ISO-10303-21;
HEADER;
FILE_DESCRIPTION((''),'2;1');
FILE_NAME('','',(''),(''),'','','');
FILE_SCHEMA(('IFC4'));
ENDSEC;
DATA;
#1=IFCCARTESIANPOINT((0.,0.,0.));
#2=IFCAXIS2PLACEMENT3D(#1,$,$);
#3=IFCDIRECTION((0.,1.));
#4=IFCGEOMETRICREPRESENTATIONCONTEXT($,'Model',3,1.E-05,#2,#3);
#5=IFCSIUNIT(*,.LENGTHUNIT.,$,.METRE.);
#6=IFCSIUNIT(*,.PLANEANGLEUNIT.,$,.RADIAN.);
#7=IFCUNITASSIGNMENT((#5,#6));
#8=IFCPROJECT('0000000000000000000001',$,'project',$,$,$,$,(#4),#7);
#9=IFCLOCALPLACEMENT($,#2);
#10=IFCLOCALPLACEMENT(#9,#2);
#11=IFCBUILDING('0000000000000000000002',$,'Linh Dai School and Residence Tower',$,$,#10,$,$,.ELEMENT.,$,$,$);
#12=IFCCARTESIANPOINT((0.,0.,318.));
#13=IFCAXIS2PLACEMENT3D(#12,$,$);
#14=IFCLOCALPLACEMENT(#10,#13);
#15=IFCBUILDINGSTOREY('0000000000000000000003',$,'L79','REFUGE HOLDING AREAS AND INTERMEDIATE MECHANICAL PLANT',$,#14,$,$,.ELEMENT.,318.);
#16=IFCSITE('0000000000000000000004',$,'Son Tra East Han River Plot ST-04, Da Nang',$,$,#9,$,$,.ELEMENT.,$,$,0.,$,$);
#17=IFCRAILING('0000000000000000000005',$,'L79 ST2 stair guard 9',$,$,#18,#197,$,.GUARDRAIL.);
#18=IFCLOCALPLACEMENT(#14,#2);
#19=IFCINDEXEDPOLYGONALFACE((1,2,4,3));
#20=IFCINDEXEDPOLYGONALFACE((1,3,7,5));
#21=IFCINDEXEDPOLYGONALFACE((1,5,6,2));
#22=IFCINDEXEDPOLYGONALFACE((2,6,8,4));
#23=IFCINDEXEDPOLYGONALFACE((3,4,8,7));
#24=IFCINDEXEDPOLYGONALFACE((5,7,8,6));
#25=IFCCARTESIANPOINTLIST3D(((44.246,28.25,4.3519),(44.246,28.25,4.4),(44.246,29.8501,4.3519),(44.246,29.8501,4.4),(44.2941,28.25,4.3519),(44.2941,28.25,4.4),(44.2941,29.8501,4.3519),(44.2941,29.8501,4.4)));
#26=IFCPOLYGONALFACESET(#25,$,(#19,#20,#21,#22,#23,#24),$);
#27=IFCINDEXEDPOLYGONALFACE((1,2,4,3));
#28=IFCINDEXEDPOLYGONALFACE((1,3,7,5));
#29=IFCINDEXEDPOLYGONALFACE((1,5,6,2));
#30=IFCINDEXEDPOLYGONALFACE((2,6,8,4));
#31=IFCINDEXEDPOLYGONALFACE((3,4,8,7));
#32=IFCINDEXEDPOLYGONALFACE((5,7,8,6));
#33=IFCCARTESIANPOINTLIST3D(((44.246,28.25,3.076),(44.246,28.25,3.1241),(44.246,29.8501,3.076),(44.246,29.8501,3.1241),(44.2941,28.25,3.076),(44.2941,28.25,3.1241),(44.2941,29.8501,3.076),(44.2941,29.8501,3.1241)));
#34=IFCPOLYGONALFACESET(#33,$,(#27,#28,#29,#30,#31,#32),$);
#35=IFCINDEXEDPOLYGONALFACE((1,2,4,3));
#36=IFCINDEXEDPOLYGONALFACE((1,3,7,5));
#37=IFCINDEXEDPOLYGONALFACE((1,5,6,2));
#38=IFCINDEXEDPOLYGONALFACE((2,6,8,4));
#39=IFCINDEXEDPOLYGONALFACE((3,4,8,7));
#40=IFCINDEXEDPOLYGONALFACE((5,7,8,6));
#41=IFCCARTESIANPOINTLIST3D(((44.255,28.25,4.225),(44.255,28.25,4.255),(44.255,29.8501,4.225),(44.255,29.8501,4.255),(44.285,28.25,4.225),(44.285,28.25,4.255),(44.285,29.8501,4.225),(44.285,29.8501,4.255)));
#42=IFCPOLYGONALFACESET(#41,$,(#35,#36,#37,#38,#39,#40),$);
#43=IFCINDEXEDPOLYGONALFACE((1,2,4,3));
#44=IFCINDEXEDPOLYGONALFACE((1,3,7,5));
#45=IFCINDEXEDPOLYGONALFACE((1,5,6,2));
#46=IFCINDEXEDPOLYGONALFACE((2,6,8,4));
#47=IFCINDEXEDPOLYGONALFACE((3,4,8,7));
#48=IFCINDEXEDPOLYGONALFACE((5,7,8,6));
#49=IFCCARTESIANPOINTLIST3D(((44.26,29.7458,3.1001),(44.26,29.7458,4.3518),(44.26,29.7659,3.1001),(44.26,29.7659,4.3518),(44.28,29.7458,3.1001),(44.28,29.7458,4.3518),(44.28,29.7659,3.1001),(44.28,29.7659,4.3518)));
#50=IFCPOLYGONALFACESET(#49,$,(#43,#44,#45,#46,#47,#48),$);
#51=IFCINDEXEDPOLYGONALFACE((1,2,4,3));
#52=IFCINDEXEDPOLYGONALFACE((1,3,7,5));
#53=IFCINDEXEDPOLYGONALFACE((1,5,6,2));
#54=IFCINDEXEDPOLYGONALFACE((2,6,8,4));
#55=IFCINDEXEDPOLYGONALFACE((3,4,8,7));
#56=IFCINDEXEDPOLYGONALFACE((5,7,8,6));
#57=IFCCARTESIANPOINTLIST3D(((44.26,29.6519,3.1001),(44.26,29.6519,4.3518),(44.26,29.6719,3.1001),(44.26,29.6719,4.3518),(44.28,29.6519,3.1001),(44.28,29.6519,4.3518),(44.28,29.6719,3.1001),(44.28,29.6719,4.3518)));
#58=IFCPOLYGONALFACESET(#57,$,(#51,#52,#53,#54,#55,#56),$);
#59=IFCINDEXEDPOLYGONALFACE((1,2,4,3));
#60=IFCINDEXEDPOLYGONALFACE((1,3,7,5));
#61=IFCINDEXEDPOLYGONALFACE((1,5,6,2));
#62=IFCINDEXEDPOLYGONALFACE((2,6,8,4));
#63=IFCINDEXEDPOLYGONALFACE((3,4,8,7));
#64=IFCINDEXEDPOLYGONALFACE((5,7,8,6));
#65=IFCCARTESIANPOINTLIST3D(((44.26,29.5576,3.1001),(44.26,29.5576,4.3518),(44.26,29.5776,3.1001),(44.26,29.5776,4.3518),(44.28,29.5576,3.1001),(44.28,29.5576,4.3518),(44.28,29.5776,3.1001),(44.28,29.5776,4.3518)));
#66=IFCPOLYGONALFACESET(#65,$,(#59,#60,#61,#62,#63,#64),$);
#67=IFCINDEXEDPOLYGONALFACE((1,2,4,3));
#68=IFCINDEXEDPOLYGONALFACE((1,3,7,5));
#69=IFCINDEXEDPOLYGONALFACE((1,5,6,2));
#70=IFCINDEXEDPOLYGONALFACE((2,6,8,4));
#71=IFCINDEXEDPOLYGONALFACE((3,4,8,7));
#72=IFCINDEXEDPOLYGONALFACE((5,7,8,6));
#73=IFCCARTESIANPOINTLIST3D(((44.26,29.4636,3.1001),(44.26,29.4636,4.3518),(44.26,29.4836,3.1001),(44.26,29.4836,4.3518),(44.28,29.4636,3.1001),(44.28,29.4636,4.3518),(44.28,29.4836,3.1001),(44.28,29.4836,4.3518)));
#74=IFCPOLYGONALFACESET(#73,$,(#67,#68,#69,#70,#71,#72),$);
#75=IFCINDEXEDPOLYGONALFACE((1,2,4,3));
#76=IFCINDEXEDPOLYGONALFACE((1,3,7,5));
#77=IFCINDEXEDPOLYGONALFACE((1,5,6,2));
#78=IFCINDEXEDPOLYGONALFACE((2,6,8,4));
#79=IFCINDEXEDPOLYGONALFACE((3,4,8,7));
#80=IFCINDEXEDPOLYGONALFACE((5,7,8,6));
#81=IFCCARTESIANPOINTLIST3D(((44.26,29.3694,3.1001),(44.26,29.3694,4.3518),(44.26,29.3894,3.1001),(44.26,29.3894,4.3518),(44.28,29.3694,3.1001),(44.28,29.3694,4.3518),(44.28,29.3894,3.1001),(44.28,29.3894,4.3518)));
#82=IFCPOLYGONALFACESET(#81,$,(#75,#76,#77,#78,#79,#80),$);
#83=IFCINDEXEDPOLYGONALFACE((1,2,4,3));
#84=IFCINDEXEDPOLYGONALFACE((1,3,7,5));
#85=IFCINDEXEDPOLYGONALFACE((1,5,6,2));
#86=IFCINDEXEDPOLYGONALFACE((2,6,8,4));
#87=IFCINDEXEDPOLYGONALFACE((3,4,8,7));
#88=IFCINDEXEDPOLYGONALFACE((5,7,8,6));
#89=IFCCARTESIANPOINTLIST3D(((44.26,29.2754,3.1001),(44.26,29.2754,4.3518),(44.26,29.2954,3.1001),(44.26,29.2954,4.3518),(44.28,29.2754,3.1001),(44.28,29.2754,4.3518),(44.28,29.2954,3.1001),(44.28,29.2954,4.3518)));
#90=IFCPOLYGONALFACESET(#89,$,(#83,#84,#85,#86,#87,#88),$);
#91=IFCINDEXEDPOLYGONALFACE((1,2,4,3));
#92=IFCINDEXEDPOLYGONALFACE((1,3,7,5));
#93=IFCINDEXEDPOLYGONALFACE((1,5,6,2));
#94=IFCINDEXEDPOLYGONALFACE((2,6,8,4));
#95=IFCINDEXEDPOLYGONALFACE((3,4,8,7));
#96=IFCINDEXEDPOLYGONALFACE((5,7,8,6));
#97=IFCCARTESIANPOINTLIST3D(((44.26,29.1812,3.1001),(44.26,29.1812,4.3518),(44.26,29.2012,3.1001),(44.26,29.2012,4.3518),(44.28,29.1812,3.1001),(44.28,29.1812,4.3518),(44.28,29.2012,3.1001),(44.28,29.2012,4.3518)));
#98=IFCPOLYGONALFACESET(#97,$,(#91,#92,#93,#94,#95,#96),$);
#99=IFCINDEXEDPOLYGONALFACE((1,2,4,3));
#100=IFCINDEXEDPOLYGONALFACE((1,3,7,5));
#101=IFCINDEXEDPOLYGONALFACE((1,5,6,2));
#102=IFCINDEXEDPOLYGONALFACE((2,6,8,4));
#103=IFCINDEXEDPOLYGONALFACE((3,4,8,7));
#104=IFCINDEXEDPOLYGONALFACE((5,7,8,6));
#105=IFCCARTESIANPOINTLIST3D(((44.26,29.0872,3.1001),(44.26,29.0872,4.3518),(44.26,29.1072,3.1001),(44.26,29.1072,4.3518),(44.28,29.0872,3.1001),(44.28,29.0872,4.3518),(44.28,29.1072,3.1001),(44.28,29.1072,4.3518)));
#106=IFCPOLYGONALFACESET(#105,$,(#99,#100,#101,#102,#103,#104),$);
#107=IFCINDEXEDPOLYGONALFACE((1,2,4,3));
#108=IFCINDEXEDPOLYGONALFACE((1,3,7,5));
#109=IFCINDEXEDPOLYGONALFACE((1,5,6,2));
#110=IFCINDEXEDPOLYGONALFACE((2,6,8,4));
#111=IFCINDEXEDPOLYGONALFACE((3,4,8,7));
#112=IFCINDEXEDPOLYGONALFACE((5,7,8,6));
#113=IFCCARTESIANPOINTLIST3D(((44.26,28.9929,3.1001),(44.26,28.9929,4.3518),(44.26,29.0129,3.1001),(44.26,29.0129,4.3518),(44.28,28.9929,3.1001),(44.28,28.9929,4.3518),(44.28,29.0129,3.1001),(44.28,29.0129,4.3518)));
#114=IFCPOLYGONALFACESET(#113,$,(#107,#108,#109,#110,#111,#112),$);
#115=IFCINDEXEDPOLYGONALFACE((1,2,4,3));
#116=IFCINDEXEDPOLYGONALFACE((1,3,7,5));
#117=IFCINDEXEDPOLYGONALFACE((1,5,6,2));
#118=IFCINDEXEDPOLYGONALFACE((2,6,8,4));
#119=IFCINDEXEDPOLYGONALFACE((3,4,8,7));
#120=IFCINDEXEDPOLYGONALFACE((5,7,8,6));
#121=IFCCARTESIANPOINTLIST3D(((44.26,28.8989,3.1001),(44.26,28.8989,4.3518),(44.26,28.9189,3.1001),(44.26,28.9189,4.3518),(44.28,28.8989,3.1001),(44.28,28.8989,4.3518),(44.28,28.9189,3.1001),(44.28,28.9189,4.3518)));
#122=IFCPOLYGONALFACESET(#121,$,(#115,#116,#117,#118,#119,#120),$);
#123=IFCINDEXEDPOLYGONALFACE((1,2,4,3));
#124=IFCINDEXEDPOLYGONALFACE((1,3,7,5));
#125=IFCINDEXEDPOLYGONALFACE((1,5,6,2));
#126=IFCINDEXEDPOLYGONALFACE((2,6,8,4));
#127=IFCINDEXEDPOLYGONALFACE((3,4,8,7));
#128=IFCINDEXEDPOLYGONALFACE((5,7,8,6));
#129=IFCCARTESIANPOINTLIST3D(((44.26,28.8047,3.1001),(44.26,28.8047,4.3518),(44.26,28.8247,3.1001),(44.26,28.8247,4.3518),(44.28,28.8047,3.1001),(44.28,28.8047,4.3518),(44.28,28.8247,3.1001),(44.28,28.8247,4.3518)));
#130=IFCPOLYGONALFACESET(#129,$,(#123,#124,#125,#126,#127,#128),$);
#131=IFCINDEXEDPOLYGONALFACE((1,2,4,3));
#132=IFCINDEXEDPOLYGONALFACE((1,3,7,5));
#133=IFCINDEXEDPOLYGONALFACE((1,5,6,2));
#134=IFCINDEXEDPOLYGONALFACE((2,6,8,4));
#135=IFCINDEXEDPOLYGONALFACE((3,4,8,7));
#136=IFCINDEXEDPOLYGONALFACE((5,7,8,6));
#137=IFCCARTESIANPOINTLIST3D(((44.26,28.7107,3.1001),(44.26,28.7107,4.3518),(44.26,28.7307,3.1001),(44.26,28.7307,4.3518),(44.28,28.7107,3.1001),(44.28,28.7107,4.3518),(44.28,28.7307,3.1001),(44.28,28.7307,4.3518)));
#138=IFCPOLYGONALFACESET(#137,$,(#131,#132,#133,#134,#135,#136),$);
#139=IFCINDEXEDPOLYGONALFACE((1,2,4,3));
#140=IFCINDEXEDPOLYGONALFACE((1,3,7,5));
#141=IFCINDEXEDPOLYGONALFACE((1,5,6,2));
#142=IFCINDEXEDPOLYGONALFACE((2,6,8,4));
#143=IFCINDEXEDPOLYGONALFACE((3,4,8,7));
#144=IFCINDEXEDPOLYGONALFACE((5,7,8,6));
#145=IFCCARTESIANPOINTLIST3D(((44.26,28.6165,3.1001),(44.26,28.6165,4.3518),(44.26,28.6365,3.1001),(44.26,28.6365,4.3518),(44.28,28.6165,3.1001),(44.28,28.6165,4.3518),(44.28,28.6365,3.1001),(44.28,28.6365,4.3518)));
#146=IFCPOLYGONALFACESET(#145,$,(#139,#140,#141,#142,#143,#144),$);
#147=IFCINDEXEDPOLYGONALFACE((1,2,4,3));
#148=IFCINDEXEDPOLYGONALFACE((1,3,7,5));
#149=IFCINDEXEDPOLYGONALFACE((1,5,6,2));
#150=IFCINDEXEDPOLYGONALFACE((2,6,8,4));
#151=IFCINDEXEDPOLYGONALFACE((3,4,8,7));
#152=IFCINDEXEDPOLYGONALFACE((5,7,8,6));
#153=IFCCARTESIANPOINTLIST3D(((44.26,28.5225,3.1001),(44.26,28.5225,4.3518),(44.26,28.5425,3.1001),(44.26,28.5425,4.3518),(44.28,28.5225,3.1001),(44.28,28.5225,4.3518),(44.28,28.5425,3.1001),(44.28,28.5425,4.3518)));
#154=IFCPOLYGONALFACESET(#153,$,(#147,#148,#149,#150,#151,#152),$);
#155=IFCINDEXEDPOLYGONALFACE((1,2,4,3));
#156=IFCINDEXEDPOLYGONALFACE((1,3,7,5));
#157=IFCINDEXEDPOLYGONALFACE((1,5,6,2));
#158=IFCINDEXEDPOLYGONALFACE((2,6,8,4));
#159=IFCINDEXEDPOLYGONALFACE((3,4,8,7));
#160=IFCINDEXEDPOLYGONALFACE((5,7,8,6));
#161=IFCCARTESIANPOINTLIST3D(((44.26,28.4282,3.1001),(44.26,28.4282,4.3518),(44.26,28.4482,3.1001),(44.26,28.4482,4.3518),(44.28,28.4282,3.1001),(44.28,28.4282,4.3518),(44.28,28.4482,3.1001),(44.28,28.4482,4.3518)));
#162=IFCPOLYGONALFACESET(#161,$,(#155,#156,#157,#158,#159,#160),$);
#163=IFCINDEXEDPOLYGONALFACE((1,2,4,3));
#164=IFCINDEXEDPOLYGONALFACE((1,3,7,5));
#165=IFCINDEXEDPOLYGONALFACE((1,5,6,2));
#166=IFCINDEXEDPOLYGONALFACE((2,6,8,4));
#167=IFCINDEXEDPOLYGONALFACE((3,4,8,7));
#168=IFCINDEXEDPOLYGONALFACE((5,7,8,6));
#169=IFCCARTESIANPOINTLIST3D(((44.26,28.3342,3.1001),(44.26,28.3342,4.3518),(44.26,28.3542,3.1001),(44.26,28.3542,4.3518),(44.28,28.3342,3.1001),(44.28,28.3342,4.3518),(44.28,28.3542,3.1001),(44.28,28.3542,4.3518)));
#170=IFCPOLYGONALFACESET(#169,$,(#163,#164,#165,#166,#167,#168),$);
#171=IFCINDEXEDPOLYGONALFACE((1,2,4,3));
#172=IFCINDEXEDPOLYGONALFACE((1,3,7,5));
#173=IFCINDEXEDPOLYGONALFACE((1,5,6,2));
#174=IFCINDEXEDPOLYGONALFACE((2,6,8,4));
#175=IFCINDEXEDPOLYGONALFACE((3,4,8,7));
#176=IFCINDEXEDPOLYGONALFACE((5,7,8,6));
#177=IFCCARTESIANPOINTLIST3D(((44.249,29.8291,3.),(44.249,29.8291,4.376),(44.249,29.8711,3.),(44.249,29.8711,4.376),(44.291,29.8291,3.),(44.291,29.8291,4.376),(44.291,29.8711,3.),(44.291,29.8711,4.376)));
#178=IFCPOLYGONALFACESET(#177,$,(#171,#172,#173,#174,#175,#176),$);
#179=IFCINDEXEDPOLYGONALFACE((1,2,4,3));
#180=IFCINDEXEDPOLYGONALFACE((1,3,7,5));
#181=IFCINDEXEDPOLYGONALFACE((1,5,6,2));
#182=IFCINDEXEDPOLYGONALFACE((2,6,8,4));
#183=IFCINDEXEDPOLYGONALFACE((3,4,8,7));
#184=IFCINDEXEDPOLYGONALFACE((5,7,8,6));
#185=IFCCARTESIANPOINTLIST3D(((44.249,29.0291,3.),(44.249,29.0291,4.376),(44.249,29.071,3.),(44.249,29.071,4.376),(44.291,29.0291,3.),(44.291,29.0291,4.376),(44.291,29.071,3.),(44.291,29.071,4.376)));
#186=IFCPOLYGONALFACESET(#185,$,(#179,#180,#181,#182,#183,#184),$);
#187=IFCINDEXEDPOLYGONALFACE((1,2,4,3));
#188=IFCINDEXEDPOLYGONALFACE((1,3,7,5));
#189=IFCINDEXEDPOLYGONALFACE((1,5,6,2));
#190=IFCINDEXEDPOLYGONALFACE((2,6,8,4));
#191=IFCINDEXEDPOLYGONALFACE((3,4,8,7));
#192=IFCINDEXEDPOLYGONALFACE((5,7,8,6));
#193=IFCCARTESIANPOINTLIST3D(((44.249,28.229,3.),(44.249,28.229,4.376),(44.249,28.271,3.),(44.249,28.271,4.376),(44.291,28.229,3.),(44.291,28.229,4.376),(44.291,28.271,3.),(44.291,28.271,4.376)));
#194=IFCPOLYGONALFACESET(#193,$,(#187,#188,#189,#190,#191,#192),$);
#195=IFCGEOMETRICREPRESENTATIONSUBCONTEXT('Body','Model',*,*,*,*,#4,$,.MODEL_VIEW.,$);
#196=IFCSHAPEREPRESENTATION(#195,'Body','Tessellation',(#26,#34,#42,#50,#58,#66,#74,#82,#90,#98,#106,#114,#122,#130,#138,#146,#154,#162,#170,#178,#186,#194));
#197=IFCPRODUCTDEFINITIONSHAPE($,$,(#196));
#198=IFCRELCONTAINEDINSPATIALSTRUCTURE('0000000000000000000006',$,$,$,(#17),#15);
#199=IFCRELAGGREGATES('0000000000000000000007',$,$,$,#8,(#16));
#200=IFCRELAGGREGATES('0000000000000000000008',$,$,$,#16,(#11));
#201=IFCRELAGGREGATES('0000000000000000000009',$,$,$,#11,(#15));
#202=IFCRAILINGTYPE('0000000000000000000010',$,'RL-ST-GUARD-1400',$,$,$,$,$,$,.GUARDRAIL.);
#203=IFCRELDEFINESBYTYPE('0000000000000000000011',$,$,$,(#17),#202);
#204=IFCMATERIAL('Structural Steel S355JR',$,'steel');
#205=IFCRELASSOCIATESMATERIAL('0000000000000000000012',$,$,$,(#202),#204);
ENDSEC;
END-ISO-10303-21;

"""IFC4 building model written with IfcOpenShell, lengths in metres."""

from ifc_helpers import new_model, si_unit, direction, frame, origin, origin_2d, place, context, subcontext, project, spatial, rectangle, extrude, source, transform, mapped, material, type_object, element, save


model = new_model("IFC4")

# Units and contexts
model_context = context("Model", 3, precision=1e-05, world=origin(), true_north=direction((0.0, 1.0)))
body_context = subcontext(model_context, "Body", "Model", "MODEL_VIEW")
ifc_project = project(units=[si_unit("LENGTHUNIT", "METRE"), si_unit("PLANEANGLEUNIT", "RADIAN")], contexts=[model_context])

# Site, building, storey
site_placement = place(None, origin())
site = spatial("IfcSite", under=ifc_project, at=site_placement, Name="Son Tra East Han River Plot ST-04, Da Nang", CompositionType="ELEMENT", RefElevation=0.0)
building_placement = place(site_placement, origin())
building = spatial("IfcBuilding", under=site, at=building_placement, Name="Linh Dai School and Residence Tower", CompositionType="ELEMENT")
storey_placement = place(building_placement, frame((0.0, 0.0, 318.0)))
storey = spatial("IfcBuildingStorey", under=building, at=storey_placement, Name="L79", Description="REFUGE HOLDING AREAS AND INTERMEDIATE MECHANICAL PLANT", CompositionType="ELEMENT", Elevation=318.0)

# Shared definitions
ifc_material_1 = material(Name="Structural Steel S355JR", Category="steel")

# Railing
railing_type_1 = type_object("IfcRailingType", Name="RL-ST-GUARD-1400", PredefinedType="GUARDRAIL", material=ifc_material_1)
shared_shape_1 = source(origin(), body_context, "Body", "SweptSolid", [
    extrude(rectangle(XDim=0.0481, YDim=0.0481, at=origin_2d()), frame((0.0, 0.0, 1.376), z_axis=(0.0, -1.0, 0.0), x_axis=(1.0, 0.0, 0.0)), (0.0, 0.0, 1.0), 1.6001),
    extrude(rectangle(XDim=0.0481, YDim=0.0481, at=origin_2d()), frame((0.0, 0.0, 0.1001), z_axis=(0.0, -1.0, 0.0), x_axis=(1.0, 0.0, 0.0)), (0.0, 0.0, 1.0), 1.6001),
    extrude(rectangle(XDim=0.03, YDim=0.03, at=origin_2d()), frame((0.0, 0.0, 1.24), z_axis=(0.0, -1.0, 0.0), x_axis=(1.0, 0.0, 0.0)), (0.0, 0.0, 1.0), 1.6001),
    extrude(rectangle(XDim=0.02, YDim=0.02, at=origin_2d()), frame((0.0, -0.0942, 0.1001)), (0.0, 0.0, 1.0), 1.2517),
    extrude(rectangle(XDim=0.02, YDim=0.02, at=origin_2d()), frame((0.0, -0.1882, 0.1001)), (0.0, 0.0, 1.0), 1.2517),
    extrude(rectangle(XDim=0.02, YDim=0.02, at=origin_2d()), frame((0.0, -0.2825, 0.1001)), (0.0, 0.0, 1.0), 1.2517),
    extrude(rectangle(XDim=0.02, YDim=0.02, at=origin_2d()), frame((0.0, -0.3765, 0.1001)), (0.0, 0.0, 1.0), 1.2517),
    extrude(rectangle(XDim=0.02, YDim=0.02, at=origin_2d()), frame((0.0, -0.4707, 0.1001)), (0.0, 0.0, 1.0), 1.2517),
    extrude(rectangle(XDim=0.02, YDim=0.02, at=origin_2d()), frame((0.0, -0.5647, 0.1001)), (0.0, 0.0, 1.0), 1.2517),
    extrude(rectangle(XDim=0.02, YDim=0.02, at=origin_2d()), frame((0.0, -0.6589, 0.1001)), (0.0, 0.0, 1.0), 1.2517),
    extrude(rectangle(XDim=0.02, YDim=0.02, at=origin_2d()), frame((0.0, -0.7529, 0.1001)), (0.0, 0.0, 1.0), 1.2517),
    extrude(rectangle(XDim=0.02, YDim=0.02, at=origin_2d()), frame((0.0, -0.8472, 0.1001)), (0.0, 0.0, 1.0), 1.2517),
    extrude(rectangle(XDim=0.02, YDim=0.02, at=origin_2d()), frame((0.0, -0.9412, 0.1001)), (0.0, 0.0, 1.0), 1.2517),
    extrude(rectangle(XDim=0.02, YDim=0.02, at=origin_2d()), frame((0.0, -1.0354, 0.1001)), (0.0, 0.0, 1.0), 1.2517),
    extrude(rectangle(XDim=0.02, YDim=0.02, at=origin_2d()), frame((0.0, -1.1294, 0.1001)), (0.0, 0.0, 1.0), 1.2517),
    extrude(rectangle(XDim=0.02, YDim=0.02, at=origin_2d()), frame((0.0, -1.2236, 0.1001)), (0.0, 0.0, 1.0), 1.2517),
    extrude(rectangle(XDim=0.02, YDim=0.02, at=origin_2d()), frame((0.0, -1.3176, 0.1001)), (0.0, 0.0, 1.0), 1.2517),
    extrude(rectangle(XDim=0.02, YDim=0.02, at=origin_2d()), frame((0.0, -1.4119, 0.1001)), (0.0, 0.0, 1.0), 1.2517),
    extrude(rectangle(XDim=0.02, YDim=0.02, at=origin_2d()), frame((0.0, -1.5059, 0.1001)), (0.0, 0.0, 1.0), 1.2517),
    extrude(rectangle(XDim=0.042, YDim=0.042, at=origin_2d()), origin(), (0.0, 0.0, 1.0), 1.376),
    extrude(rectangle(XDim=0.042, YDim=0.042, at=origin_2d()), frame((0.0, -0.8, 0.0)), (0.0, 0.0, 1.0), 1.376),
    extrude(rectangle(XDim=0.042, YDim=0.042, at=origin_2d()), frame((0.0, -1.6001, 0.0)), (0.0, 0.0, 1.0), 1.376),
])
for number, where, name in (
    (1, (44.27, 29.8501, 3.0), "L79 ST2 stair guard 9"),
):
    element("IfcRailing", number, at=place(storey_placement, frame(where)), inside=storey, type_object=railing_type_1, Name=name, PredefinedType="GUARDRAIL", context=body_context, shape_type="MappedRepresentation", body=[
        mapped(shared_shape_1, transform((0.0, 0.0, 0.0), x_axis=(1.0, 0.0, 0.0), y_axis=(0.0, 1.0, 0.0), z_axis=(0.0, 0.0, 1.0), scale=1.0)),
    ])

save(model, "model.ifc")
